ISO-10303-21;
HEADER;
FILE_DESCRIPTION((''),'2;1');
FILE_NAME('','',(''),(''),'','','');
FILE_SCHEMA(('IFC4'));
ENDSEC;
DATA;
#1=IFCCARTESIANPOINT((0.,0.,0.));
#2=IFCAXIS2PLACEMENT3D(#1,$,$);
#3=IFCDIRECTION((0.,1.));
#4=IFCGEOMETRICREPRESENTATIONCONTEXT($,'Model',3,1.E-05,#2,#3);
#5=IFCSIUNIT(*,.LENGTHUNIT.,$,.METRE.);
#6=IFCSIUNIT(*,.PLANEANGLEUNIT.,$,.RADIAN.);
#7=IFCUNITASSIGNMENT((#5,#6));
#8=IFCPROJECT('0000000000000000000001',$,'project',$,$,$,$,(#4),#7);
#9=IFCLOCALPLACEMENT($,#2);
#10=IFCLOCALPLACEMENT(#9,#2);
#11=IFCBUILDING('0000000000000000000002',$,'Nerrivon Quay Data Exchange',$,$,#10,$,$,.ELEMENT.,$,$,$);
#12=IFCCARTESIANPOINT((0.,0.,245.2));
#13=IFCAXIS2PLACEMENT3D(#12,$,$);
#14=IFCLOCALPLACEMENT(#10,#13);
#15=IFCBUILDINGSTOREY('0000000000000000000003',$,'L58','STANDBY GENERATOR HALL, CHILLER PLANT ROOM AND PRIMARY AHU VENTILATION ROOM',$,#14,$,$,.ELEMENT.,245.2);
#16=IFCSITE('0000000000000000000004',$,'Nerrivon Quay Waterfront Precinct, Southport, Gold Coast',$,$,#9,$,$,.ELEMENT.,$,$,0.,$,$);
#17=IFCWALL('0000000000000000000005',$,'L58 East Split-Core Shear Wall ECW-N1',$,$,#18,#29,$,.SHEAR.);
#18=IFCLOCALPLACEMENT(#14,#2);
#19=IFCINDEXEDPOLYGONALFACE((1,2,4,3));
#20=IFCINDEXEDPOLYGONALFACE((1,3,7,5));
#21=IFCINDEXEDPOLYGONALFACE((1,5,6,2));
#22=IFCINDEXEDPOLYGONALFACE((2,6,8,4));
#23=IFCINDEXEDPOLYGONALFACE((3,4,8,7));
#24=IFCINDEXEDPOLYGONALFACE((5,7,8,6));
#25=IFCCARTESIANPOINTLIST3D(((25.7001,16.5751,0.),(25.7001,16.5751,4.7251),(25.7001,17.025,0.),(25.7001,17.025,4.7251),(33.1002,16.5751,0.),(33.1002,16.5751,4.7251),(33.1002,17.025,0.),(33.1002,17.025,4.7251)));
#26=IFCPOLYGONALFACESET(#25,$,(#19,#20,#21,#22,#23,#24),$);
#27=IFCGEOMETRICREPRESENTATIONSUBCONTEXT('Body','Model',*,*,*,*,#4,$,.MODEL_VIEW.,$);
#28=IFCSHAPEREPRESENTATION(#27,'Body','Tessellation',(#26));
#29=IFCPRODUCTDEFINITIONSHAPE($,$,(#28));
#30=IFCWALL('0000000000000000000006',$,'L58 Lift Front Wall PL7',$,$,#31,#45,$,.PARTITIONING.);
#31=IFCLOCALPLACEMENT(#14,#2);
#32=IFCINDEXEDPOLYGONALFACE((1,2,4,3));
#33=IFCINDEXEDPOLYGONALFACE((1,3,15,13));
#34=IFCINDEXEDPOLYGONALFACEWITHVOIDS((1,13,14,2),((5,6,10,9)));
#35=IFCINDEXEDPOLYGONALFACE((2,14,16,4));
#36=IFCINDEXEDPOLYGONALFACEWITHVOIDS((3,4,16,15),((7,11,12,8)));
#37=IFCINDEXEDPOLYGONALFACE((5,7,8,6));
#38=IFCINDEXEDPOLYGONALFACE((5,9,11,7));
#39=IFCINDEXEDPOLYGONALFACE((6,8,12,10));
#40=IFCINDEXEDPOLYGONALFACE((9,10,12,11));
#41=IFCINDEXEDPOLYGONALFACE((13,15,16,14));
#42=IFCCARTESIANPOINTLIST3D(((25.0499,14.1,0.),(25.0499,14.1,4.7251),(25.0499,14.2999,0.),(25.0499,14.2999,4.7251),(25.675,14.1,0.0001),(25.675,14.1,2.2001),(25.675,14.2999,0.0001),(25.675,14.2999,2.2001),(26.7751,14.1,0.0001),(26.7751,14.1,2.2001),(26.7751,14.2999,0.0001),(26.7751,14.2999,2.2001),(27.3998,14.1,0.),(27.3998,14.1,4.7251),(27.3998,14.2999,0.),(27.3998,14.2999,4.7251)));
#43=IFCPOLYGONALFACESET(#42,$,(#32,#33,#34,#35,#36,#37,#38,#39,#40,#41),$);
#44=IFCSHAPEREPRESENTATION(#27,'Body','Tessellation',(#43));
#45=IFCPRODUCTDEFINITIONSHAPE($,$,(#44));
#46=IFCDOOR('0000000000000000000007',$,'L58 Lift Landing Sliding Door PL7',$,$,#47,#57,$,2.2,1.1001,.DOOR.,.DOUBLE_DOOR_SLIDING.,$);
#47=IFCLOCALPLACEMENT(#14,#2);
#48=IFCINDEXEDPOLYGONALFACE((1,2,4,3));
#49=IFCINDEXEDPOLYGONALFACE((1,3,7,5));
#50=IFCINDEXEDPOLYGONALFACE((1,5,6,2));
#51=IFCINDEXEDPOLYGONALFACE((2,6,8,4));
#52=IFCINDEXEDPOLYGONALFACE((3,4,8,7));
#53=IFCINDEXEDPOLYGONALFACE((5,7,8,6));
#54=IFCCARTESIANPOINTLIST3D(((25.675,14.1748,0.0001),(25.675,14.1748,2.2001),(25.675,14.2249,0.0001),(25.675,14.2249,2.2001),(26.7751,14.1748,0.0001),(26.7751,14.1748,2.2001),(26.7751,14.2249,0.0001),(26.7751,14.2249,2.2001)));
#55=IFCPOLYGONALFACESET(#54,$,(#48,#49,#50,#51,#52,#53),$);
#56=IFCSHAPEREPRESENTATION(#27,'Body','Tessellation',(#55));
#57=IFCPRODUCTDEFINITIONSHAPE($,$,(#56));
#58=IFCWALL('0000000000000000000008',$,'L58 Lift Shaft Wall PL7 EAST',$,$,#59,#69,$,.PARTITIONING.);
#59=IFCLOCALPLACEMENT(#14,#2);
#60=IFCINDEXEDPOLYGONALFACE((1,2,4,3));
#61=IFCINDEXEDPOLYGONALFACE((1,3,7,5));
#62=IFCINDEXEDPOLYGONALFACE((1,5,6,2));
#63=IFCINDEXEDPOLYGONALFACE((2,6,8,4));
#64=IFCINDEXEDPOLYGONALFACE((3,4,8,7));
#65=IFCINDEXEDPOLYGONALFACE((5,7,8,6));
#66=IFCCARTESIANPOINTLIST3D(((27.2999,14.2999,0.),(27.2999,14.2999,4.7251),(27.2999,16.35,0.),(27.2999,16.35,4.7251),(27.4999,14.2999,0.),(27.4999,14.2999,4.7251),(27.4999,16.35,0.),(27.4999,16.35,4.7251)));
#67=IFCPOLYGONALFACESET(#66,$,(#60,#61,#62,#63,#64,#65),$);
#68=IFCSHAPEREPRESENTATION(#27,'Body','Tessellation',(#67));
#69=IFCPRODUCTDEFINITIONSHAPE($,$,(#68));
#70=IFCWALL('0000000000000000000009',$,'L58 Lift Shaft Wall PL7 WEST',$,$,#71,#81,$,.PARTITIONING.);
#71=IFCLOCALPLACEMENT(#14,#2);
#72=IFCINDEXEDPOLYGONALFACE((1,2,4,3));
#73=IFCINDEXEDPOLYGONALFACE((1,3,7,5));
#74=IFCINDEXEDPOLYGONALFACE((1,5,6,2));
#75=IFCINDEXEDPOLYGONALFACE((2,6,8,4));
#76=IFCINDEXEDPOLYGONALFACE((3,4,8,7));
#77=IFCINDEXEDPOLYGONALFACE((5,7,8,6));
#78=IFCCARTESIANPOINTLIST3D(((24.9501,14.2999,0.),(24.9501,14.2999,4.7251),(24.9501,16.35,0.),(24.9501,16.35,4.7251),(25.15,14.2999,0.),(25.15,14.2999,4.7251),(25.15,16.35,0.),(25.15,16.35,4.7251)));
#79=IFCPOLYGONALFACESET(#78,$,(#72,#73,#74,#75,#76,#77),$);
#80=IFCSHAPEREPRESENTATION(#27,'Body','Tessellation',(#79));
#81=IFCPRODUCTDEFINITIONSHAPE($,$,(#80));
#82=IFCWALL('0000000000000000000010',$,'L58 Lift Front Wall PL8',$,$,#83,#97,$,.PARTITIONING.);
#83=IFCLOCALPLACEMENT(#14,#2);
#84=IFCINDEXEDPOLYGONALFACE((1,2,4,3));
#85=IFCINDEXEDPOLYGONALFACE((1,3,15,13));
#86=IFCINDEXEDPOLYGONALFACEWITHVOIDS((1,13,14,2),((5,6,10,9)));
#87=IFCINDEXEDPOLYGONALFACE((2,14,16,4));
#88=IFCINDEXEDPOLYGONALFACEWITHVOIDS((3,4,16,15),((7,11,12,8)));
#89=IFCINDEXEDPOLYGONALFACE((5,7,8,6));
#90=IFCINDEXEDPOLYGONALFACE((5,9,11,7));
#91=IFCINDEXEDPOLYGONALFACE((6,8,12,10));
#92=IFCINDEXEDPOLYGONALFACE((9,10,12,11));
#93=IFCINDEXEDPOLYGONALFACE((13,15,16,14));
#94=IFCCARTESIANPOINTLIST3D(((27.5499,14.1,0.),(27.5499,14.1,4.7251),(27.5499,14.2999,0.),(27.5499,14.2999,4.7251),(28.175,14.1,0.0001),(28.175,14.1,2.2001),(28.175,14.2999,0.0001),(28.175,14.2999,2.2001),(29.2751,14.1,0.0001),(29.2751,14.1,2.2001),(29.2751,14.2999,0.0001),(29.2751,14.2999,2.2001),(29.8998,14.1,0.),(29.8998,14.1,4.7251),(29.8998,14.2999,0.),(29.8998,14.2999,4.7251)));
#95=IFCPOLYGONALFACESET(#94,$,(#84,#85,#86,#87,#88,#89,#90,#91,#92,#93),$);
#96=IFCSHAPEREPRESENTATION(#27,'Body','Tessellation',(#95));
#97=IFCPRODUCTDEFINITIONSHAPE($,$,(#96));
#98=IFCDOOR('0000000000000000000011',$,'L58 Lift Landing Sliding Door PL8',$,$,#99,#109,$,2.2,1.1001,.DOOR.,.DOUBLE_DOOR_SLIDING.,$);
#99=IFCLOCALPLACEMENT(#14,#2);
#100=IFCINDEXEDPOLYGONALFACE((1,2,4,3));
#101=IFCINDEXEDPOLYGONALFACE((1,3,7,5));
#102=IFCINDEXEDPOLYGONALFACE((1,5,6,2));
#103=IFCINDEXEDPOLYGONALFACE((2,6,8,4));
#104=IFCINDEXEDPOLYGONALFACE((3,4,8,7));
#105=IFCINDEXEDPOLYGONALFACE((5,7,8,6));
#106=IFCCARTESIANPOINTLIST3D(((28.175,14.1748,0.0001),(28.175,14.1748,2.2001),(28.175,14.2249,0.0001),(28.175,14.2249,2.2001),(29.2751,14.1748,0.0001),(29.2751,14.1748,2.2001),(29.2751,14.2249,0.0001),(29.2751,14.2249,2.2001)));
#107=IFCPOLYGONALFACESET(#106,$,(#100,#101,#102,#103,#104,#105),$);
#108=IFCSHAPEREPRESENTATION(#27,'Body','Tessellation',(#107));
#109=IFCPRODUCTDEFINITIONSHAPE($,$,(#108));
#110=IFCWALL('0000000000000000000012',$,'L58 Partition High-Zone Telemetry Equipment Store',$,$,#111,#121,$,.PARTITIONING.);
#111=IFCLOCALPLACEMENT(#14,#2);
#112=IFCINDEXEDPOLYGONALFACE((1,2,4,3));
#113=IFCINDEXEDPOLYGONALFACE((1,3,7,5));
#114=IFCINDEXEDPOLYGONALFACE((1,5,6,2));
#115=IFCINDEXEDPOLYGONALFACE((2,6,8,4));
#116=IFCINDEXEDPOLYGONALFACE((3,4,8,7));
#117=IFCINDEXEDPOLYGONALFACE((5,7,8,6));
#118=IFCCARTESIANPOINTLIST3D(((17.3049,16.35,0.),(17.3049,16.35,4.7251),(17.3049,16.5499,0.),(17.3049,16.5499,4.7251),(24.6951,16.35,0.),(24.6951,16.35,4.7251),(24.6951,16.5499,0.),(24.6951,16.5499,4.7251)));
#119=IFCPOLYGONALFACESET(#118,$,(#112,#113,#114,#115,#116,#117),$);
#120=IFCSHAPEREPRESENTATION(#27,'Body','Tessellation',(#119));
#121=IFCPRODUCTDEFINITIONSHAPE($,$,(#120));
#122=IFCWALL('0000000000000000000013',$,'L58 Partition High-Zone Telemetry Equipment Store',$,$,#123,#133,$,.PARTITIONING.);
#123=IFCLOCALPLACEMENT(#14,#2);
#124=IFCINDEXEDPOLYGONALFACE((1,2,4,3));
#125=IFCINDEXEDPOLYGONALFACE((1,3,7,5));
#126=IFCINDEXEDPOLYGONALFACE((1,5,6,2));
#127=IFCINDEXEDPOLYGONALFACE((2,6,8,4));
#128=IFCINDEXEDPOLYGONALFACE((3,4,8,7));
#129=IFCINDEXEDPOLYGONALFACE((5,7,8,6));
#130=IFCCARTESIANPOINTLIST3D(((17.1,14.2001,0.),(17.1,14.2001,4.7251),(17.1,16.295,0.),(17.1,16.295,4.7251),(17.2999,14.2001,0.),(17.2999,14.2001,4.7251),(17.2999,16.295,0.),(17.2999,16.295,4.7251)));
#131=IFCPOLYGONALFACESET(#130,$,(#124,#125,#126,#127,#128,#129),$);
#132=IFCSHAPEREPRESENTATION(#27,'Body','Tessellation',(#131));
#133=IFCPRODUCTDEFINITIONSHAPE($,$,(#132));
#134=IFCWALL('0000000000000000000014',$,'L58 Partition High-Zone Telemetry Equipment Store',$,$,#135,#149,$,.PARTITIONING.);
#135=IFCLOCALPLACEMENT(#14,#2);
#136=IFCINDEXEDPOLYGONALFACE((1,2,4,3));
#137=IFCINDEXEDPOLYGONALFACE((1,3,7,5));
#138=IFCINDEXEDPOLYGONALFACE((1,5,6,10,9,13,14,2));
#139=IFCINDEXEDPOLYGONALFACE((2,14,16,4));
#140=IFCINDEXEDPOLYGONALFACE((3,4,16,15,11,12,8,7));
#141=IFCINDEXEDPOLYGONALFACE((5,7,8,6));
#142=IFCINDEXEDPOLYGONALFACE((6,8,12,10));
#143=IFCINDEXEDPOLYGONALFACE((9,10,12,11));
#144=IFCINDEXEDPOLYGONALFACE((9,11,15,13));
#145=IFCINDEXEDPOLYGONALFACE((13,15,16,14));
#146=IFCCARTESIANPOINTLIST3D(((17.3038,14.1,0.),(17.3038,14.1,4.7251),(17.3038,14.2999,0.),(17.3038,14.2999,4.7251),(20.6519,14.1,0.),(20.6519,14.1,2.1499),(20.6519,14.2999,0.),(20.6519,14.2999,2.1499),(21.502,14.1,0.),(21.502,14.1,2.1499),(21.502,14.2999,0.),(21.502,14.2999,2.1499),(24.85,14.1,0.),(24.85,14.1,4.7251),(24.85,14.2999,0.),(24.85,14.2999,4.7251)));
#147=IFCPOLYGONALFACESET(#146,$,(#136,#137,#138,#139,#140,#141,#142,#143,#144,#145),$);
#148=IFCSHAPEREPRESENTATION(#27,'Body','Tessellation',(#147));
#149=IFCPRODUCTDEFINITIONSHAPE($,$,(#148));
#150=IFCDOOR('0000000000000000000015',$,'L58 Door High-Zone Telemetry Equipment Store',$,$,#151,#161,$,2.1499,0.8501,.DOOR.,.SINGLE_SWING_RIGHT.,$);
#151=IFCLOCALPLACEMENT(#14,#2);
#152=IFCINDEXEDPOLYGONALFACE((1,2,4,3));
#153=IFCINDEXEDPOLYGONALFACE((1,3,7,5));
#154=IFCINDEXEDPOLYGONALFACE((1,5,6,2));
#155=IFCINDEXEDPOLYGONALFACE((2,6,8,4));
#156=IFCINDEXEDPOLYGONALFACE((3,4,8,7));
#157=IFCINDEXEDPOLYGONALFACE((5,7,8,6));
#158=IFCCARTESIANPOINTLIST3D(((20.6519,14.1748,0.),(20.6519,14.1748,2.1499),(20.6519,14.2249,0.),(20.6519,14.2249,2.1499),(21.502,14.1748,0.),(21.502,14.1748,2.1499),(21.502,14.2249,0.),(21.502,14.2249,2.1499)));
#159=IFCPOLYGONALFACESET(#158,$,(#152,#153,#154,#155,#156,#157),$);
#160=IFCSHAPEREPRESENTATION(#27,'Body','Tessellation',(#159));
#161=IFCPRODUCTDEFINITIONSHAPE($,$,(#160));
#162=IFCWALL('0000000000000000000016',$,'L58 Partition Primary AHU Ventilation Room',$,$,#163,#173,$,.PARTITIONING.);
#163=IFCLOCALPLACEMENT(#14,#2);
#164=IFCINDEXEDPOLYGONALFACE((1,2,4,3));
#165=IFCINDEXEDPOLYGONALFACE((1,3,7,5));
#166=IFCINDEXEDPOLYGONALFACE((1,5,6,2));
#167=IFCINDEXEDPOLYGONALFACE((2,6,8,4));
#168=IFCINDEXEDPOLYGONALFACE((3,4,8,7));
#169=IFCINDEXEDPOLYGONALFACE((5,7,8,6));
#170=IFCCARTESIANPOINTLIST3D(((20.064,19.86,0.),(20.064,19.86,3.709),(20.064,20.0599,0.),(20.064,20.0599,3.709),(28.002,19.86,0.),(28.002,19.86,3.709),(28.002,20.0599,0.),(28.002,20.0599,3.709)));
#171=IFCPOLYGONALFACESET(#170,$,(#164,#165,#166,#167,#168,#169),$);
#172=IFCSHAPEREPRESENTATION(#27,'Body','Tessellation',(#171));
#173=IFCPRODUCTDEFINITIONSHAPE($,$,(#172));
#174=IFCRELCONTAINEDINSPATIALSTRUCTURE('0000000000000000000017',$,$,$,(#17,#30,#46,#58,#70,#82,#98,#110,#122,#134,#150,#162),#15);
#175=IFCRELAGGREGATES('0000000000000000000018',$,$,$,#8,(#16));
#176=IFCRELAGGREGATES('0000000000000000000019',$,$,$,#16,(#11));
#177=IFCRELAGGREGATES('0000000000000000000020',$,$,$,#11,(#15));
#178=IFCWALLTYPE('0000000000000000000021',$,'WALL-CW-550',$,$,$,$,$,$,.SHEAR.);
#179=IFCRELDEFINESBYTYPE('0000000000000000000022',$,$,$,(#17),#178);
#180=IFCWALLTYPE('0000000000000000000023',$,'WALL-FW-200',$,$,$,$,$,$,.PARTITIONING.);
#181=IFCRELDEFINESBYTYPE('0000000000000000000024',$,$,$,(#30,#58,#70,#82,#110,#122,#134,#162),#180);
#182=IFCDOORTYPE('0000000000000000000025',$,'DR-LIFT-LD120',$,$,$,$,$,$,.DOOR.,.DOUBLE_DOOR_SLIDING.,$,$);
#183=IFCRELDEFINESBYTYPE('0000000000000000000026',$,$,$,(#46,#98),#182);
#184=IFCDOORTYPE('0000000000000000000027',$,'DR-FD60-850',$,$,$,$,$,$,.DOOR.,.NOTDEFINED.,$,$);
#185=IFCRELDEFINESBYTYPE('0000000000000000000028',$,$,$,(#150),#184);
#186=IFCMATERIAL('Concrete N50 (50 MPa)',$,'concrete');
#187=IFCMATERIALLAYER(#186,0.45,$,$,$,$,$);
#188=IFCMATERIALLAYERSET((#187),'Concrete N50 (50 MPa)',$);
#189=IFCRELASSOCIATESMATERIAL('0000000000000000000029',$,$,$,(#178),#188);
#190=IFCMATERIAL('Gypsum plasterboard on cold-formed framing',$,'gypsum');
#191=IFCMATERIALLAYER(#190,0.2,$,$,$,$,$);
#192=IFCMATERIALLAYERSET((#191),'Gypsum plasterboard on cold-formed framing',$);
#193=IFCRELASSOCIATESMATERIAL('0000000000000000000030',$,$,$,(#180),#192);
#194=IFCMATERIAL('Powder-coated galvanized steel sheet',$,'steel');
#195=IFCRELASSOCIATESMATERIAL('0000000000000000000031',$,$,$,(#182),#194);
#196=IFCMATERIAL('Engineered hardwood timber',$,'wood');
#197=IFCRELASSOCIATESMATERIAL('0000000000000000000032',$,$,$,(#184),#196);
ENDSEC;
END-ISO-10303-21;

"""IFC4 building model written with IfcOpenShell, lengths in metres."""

from ifc_helpers import new_model, si_unit, direction, frame, frame_2d, origin, place, context, subcontext, project, spatial, rectangle, extrude, material, layer, layer_set, type_object, element, fill, save


model = new_model("IFC4")

# Units and contexts
model_context = context("Model", 3, precision=1e-05, world=origin(), true_north=direction((0.0, 1.0)))
body_context = subcontext(model_context, "Body", "Model", "MODEL_VIEW")
ifc_project = project(units=[si_unit("LENGTHUNIT", "METRE"), si_unit("PLANEANGLEUNIT", "RADIAN")], contexts=[model_context])

# Site, building, storey
site_placement = place(None, origin())
site = spatial("IfcSite", under=ifc_project, at=site_placement, Name="Nerrivon Quay Waterfront Precinct, Southport, Gold Coast", CompositionType="ELEMENT", RefElevation=0.0)
building_placement = place(site_placement, origin())
building = spatial("IfcBuilding", under=site, at=building_placement, Name="Nerrivon Quay Data Exchange", CompositionType="ELEMENT")
storey_placement = place(building_placement, frame((0.0, 0.0, 245.2)))
storey = spatial("IfcBuildingStorey", under=building, at=storey_placement, Name="L58", Description="STANDBY GENERATOR HALL, CHILLER PLANT ROOM AND PRIMARY AHU VENTILATION ROOM", CompositionType="ELEMENT", Elevation=245.2)

# Shared definitions
ifc_material_1 = material(Name="Concrete N50 (50 MPa)", Category="concrete")

# Wall
ifc_layer_1 = layer(ifc_material_1, 0.45)
ifc_layer_set_1 = layer_set([ifc_layer_1], Name="Concrete N50 (50 MPa)")
wall_type_1 = type_object("IfcWallType", Name="WALL-CW-550", PredefinedType="SHEAR", material=ifc_layer_set_1)
wall_1_placement = place(storey_placement, frame((25.7, 16.8, 0.0), z_axis=(0.0, 0.0, 1.0), x_axis=(1.0, 0.0, 0.0)))
element("IfcWall", 1, at=wall_1_placement, inside=storey, type_object=wall_type_1, Name="L58 East Split-Core Shear Wall ECW-N1", PredefinedType="SHEAR", context=body_context, shape_type="SweptSolid", body=[
    extrude(rectangle(XDim=7.4001, YDim=0.45, at=frame_2d((3.7002, 0.0))), origin(), (0.0, 0.0, 1.0), 4.7251),
])

# Wall, opening, door
ifc_material_2 = material(Name="Gypsum plasterboard on cold-formed framing", Category="gypsum")
ifc_layer_2 = layer(ifc_material_2, 0.2)
ifc_layer_set_2 = layer_set([ifc_layer_2], Name="Gypsum plasterboard on cold-formed framing")
wall_type_2 = type_object("IfcWallType", Name="WALL-FW-200", PredefinedType="PARTITIONING", material=ifc_layer_set_2)
wall_2_placement = place(storey_placement, frame((25.05, 14.2, 0.0), z_axis=(0.0, 0.0, 1.0), x_axis=(1.0, 0.0, 0.0)))
wall_2 = element("IfcWall", 2, at=wall_2_placement, inside=storey, type_object=wall_type_2, Name="L58 Lift Front Wall PL7", PredefinedType="PARTITIONING", context=body_context, shape_type="SweptSolid", body=[
    extrude(rectangle(XDim=2.3499, YDim=0.2, at=frame_2d((1.1748, 0.0))), origin(), (0.0, 0.0, 1.0), 4.7251),
])
opening_1_placement = place(wall_2_placement, frame((0.625, 0.0, 0.0)))
opening_1 = element("IfcOpeningElement", 3, at=opening_1_placement, cuts=wall_2, PredefinedType="OPENING", context=body_context, shape_type="SweptSolid", body=[
    extrude(rectangle(XDim=1.1001, YDim=2.2, at=frame_2d((0.55, 1.1001))), frame((0.0, 0.1099, 0.0), z_axis=(0.0, -1.0, 0.0), x_axis=(1.0, 0.0, 0.0)), (0.0, 0.0, 1.0), 0.22),
])
ifc_material_3 = material(Name="Powder-coated galvanized steel sheet", Category="steel")
door_type_1 = type_object("IfcDoorType", Name="DR-LIFT-LD120", OperationType="DOUBLE_DOOR_SLIDING", PredefinedType="DOOR", material=ifc_material_3)
door_1_placement = place(opening_1_placement, origin())
door_1 = element("IfcDoor", 4, at=door_1_placement, inside=storey, type_object=door_type_1, Name="L58 Lift Landing Sliding Door PL7", OperationType="DOUBLE_DOOR_SLIDING", OverallHeight=2.2, OverallWidth=1.1001, PredefinedType="DOOR", context=body_context, shape_type="SweptSolid", body=[
    extrude(rectangle(XDim=1.1001, YDim=2.2, at=frame_2d((0.55, 1.1001))), frame((0.0, 0.0249, 0.0), z_axis=(0.0, -1.0, 0.0), x_axis=(1.0, 0.0, 0.0)), (0.0, 0.0, 1.0), 0.05),
])
fill(opening_1, door_1)

# Walls
for number, where, z_axis, x_axis, name in (
    (5, (27.3999, 14.3, 0.0), (0.0, 0.0, 1.0), (0.0, 1.0, 0.0), "L58 Lift Shaft Wall PL7 EAST"),
    (6, (25.05, 14.3, 0.0), (0.0, 0.0, 1.0), (0.0, 1.0, 0.0), "L58 Lift Shaft Wall PL7 WEST"),
):
    element("IfcWall", number, at=place(storey_placement, frame(where, z_axis=z_axis, x_axis=x_axis)), inside=storey, type_object=wall_type_2, Name=name, PredefinedType="PARTITIONING", context=body_context, shape_type="SweptSolid", body=[
        extrude(rectangle(XDim=2.05, YDim=0.2, at=frame_2d((1.0249, 0.0))), origin(), (0.0, 0.0, 1.0), 4.7251),
    ])

# Wall, opening, door
wall_3_placement = place(storey_placement, frame((27.55, 14.2, 0.0), z_axis=(0.0, 0.0, 1.0), x_axis=(1.0, 0.0, 0.0)))
wall_3 = element("IfcWall", 7, at=wall_3_placement, inside=storey, type_object=wall_type_2, Name="L58 Lift Front Wall PL8", PredefinedType="PARTITIONING", context=body_context, shape_type="SweptSolid", body=[
    extrude(rectangle(XDim=2.3499, YDim=0.2, at=frame_2d((1.1748, 0.0))), origin(), (0.0, 0.0, 1.0), 4.7251),
])
opening_2_placement = place(wall_3_placement, frame((0.625, 0.0, 0.0)))
opening_2 = element("IfcOpeningElement", 8, at=opening_2_placement, cuts=wall_3, PredefinedType="OPENING", context=body_context, shape_type="SweptSolid", body=[
    extrude(rectangle(XDim=1.1001, YDim=2.2, at=frame_2d((0.55, 1.1001))), frame((0.0, 0.1099, 0.0), z_axis=(0.0, -1.0, 0.0), x_axis=(1.0, 0.0, 0.0)), (0.0, 0.0, 1.0), 0.22),
])
door_2_placement = place(opening_2_placement, origin())
door_2 = element("IfcDoor", 9, at=door_2_placement, inside=storey, type_object=door_type_1, Name="L58 Lift Landing Sliding Door PL8", OperationType="DOUBLE_DOOR_SLIDING", OverallHeight=2.2, OverallWidth=1.1001, PredefinedType="DOOR", context=body_context, shape_type="SweptSolid", body=[
    extrude(rectangle(XDim=1.1001, YDim=2.2, at=frame_2d((0.55, 1.1001))), frame((0.0, 0.0249, 0.0), z_axis=(0.0, -1.0, 0.0), x_axis=(1.0, 0.0, 0.0)), (0.0, 0.0, 1.0), 0.05),
])
fill(opening_2, door_2)

# Walls
wall_4_placement = place(storey_placement, frame((24.6951, 16.45, 0.0), z_axis=(0.0, 0.0, 1.0), x_axis=(-1.0, 0.0, 0.0)))
element("IfcWall", 10, at=wall_4_placement, inside=storey, type_object=wall_type_2, Name="L58 Partition High-Zone Telemetry Equipment Store", PredefinedType="PARTITIONING", context=body_context, shape_type="SweptSolid", body=[
    extrude(rectangle(XDim=7.3901, YDim=0.2, at=frame_2d((3.6951, 0.0))), origin(), (0.0, 0.0, 1.0), 4.7251),
])
wall_5_placement = place(storey_placement, frame((17.2, 16.2949, 0.0), z_axis=(0.0, 0.0, 1.0), x_axis=(0.0, -1.0, 0.0)))
element("IfcWall", 11, at=wall_5_placement, inside=storey, type_object=wall_type_2, Name="L58 Partition High-Zone Telemetry Equipment Store", PredefinedType="PARTITIONING", context=body_context, shape_type="SweptSolid", body=[
    extrude(rectangle(XDim=2.095, YDim=0.2, at=frame_2d((1.0474, 0.0))), origin(), (0.0, 0.0, 1.0), 4.7251),
])

# Wall, opening, door
wall_6_placement = place(storey_placement, frame((17.304, 14.2, 0.0), z_axis=(0.0, 0.0, 1.0), x_axis=(1.0, 0.0, 0.0)))
wall_6 = element("IfcWall", 12, at=wall_6_placement, inside=storey, type_object=wall_type_2, Name="L58 Partition High-Zone Telemetry Equipment Store", PredefinedType="PARTITIONING", context=body_context, shape_type="SweptSolid", body=[
    extrude(rectangle(XDim=7.5461, YDim=0.2, at=frame_2d((3.7729, 0.0))), origin(), (0.0, 0.0, 1.0), 4.7251),
])
opening_3_placement = place(wall_6_placement, frame((3.3479, 0.0, 0.0)))
opening_3 = element("IfcOpeningElement", 13, at=opening_3_placement, cuts=wall_6, PredefinedType="OPENING", context=body_context, shape_type="SweptSolid", body=[
    extrude(rectangle(XDim=0.8501, YDim=2.1499, at=frame_2d((0.425, 1.075))), frame((0.0, 0.1099, 0.0), z_axis=(0.0, -1.0, 0.0), x_axis=(1.0, 0.0, 0.0)), (0.0, 0.0, 1.0), 0.22),
])
ifc_material_4 = material(Name="Engineered hardwood timber", Category="wood")
door_type_2 = type_object("IfcDoorType", Name="DR-FD60-850", OperationType="NOTDEFINED", PredefinedType="DOOR", material=ifc_material_4)
door_3_placement = place(opening_3_placement, origin())
door_3 = element("IfcDoor", 14, at=door_3_placement, inside=storey, type_object=door_type_2, Name="L58 Door High-Zone Telemetry Equipment Store", OperationType="SINGLE_SWING_RIGHT", OverallHeight=2.1499, OverallWidth=0.8501, PredefinedType="DOOR", context=body_context, shape_type="SweptSolid", body=[
    extrude(rectangle(XDim=0.8501, YDim=2.1499, at=frame_2d((0.425, 1.075))), frame((0.0, 0.0249, 0.0), z_axis=(0.0, -1.0, 0.0), x_axis=(1.0, 0.0, 0.0)), (0.0, 0.0, 1.0), 0.05),
])
fill(opening_3, door_3)

# Wall
wall_7_placement = place(storey_placement, frame((20.064, 19.96, 0.0), z_axis=(0.0, 0.0, 1.0), x_axis=(1.0, 0.0, 0.0)))
element("IfcWall", 15, at=wall_7_placement, inside=storey, type_object=wall_type_2, Name="L58 Partition Primary AHU Ventilation Room", PredefinedType="PARTITIONING", context=body_context, shape_type="SweptSolid", body=[
    extrude(rectangle(XDim=7.938, YDim=0.2, at=frame_2d((3.969, 0.0))), origin(), (0.0, 0.0, 1.0), 3.709),
])

save(model, "model.ifc")
